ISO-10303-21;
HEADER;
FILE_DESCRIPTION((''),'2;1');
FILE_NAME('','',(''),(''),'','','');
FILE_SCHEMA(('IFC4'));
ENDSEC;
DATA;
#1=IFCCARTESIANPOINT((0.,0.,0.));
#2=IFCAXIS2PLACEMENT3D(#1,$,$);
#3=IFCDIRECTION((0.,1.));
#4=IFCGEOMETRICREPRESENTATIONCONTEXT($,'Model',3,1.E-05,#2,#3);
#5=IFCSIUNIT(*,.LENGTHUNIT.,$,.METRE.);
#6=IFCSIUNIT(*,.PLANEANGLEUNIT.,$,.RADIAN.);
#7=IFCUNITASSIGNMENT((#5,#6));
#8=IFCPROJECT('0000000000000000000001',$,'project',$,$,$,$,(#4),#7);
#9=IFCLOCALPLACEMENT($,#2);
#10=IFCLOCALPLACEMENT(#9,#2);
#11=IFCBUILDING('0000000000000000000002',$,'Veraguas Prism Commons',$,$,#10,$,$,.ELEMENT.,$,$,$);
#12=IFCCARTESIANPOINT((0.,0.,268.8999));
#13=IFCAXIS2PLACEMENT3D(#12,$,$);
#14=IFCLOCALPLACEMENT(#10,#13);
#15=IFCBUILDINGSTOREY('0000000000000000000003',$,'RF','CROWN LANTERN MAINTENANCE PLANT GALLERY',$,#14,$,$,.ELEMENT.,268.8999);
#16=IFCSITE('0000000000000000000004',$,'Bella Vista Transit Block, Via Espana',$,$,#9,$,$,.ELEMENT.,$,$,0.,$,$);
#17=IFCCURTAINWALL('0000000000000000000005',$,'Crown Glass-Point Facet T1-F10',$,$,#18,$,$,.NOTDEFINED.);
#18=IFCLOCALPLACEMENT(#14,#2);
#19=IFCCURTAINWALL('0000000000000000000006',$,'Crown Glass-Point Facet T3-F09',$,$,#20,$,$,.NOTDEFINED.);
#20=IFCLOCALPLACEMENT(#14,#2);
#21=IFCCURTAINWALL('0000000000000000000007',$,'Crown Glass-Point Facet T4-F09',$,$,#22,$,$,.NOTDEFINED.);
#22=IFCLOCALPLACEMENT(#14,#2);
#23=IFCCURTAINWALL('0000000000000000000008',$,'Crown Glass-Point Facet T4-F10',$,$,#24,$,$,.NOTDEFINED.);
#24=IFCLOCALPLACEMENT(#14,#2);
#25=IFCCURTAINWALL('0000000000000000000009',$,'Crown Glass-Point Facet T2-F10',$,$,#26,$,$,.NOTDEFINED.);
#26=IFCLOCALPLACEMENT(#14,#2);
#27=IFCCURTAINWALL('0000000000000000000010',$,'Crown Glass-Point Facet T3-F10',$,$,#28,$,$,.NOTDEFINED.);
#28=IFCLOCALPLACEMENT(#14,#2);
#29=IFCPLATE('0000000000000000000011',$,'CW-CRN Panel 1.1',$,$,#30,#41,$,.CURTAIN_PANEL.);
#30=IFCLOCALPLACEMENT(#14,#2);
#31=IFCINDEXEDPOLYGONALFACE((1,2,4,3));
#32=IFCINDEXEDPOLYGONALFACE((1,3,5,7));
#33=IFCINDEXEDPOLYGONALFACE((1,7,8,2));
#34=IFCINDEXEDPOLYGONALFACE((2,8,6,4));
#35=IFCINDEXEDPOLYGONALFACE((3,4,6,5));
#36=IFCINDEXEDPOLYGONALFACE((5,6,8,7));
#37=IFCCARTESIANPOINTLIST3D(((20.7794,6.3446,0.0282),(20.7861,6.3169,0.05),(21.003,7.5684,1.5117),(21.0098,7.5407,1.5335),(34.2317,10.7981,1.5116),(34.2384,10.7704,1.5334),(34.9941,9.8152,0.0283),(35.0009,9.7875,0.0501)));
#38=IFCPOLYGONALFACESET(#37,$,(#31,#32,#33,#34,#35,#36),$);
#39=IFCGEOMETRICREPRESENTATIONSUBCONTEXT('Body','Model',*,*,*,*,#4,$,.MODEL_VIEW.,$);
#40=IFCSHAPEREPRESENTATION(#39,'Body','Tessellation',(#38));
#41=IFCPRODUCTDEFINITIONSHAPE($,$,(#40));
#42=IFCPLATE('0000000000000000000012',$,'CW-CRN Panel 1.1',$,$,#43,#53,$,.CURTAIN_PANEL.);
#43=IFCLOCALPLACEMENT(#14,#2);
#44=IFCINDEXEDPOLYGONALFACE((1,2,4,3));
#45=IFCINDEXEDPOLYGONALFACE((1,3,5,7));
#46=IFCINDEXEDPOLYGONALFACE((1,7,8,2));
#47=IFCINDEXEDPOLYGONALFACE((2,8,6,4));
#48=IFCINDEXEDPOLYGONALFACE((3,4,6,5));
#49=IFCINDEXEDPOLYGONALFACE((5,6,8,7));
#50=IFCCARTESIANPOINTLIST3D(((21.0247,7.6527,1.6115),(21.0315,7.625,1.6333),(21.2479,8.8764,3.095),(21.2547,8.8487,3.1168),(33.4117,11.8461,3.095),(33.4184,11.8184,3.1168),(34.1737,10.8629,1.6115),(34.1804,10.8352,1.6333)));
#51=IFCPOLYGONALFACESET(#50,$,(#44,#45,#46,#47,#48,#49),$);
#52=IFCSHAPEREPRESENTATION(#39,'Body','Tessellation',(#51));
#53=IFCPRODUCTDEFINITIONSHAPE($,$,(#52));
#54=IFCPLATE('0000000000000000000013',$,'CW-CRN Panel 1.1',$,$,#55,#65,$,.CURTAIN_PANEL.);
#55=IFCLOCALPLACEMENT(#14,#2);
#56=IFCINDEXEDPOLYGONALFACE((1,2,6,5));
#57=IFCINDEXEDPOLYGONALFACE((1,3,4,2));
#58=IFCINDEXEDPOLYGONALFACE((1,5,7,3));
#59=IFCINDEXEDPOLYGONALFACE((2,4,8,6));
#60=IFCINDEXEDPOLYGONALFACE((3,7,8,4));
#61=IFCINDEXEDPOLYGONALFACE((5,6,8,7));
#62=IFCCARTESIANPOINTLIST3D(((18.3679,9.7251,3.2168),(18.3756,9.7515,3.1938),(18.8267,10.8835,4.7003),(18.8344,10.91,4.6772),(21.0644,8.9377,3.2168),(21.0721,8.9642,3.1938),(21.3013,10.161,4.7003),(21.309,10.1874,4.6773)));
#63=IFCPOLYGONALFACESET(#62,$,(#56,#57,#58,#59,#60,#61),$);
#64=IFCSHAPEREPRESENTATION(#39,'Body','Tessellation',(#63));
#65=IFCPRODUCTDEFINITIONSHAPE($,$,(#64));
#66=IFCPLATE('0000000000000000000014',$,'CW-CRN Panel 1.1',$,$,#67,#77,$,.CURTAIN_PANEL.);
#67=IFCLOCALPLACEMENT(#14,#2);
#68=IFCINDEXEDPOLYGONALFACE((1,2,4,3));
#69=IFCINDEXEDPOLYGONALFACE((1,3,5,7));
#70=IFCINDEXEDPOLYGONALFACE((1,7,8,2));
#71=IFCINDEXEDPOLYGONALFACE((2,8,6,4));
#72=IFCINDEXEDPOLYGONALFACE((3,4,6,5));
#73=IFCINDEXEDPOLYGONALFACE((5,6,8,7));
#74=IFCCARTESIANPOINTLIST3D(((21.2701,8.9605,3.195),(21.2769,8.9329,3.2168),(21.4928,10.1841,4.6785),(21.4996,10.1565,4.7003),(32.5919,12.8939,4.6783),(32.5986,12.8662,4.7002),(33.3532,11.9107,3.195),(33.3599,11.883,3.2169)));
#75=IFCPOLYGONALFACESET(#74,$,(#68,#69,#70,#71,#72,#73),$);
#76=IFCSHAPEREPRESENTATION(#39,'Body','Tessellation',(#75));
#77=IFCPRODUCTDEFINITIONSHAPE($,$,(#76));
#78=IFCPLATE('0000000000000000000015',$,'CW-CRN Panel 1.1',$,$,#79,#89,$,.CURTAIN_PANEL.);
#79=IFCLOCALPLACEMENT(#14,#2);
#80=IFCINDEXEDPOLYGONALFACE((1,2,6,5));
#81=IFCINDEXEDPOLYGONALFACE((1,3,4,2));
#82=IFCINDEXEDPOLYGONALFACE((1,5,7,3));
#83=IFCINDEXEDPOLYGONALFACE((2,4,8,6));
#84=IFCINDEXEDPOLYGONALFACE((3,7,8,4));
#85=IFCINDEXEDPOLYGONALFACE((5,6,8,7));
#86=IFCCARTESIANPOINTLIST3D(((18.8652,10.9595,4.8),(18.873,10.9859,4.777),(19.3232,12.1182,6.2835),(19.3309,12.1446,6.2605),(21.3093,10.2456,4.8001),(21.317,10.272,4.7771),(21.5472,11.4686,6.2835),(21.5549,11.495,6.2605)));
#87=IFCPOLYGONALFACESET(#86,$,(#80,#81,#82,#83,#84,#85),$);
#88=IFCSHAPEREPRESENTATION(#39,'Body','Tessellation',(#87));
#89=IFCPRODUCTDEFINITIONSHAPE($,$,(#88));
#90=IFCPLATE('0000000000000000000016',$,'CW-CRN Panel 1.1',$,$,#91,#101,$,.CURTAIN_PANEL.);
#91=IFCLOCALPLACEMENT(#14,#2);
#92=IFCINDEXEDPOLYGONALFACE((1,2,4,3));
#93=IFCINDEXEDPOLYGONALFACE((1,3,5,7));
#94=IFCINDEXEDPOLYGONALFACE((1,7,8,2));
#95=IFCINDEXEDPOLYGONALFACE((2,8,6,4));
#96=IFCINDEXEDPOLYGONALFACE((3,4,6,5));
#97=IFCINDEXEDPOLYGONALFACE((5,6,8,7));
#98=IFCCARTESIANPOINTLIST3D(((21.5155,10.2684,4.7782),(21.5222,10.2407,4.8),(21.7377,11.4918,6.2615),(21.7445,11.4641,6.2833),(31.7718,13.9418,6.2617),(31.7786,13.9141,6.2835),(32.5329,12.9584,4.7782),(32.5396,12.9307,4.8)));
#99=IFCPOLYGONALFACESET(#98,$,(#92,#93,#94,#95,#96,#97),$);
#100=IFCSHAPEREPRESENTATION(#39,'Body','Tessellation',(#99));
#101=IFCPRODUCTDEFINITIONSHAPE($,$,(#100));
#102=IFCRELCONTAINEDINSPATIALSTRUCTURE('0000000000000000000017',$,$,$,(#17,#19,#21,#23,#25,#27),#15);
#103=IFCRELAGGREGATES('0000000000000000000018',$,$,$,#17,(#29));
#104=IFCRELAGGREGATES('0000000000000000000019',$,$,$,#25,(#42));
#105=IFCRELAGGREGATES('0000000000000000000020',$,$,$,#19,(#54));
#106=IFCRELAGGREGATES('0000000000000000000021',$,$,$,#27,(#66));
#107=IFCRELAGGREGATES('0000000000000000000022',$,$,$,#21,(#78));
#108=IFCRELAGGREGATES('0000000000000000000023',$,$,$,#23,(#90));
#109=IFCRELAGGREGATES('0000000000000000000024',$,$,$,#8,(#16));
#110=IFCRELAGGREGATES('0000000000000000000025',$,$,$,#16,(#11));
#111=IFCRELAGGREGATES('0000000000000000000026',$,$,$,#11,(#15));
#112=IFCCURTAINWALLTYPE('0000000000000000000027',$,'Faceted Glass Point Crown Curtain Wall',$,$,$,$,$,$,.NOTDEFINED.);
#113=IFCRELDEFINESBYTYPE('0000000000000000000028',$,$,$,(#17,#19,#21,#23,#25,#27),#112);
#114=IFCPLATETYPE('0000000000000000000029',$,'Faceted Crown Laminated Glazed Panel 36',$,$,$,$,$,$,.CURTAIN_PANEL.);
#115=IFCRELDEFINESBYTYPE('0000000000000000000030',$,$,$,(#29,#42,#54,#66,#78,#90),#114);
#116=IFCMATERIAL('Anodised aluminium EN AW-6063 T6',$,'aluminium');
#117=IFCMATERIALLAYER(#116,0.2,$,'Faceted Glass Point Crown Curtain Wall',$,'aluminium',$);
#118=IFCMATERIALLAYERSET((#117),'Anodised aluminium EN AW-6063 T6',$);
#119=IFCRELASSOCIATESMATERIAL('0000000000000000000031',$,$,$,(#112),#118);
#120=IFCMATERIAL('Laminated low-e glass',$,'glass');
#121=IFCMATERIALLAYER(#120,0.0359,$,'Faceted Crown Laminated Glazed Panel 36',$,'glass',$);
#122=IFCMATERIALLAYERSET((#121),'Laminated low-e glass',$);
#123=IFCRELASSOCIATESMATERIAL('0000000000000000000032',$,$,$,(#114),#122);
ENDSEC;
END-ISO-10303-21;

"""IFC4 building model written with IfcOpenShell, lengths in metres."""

from ifc_helpers import new_model, si_unit, direction, frame, origin, place, context, subcontext, project, spatial, polyline, outline, extrude, material, layer, layer_set, type_object, element, aggregate, save


model = new_model("IFC4")

# Units and contexts
model_context = context("Model", 3, precision=1e-05, world=origin(), true_north=direction((0.0, 1.0)))
body_context = subcontext(model_context, "Body", "Model", "MODEL_VIEW")
ifc_project = project(units=[si_unit("LENGTHUNIT", "METRE"), si_unit("PLANEANGLEUNIT", "RADIAN")], contexts=[model_context])

# Site, building, storey
site_placement = place(None, origin())
site = spatial("IfcSite", under=ifc_project, at=site_placement, Name="Bella Vista Transit Block, Via Espana", CompositionType="ELEMENT", RefElevation=0.0)
building_placement = place(site_placement, origin())
building = spatial("IfcBuilding", under=site, at=building_placement, Name="Veraguas Prism Commons", CompositionType="ELEMENT")
storey_placement = place(building_placement, frame((0.0, 0.0, 268.8999)))
storey = spatial("IfcBuildingStorey", under=building, at=storey_placement, Name="RF", Description="CROWN LANTERN MAINTENANCE PLANT GALLERY", CompositionType="ELEMENT", Elevation=268.8999)

# Curtain walls
ifc_material_1 = material(Name="Anodised aluminium EN AW-6063 T6", Category="aluminium")
ifc_layer_1 = layer(ifc_material_1, 0.2, Name="Faceted Glass Point Crown Curtain Wall", Category="aluminium")
ifc_layer_set_1 = layer_set([ifc_layer_1], Name="Anodised aluminium EN AW-6063 T6")
curtain_wall_type = type_object("IfcCurtainWallType", Name="Faceted Glass Point Crown Curtain Wall", PredefinedType="NOTDEFINED", material=ifc_layer_set_1)
curtain_wall_1_placement = place(storey_placement, origin())
curtain_wall_1 = element("IfcCurtainWall", 1, at=curtain_wall_1_placement, inside=storey, type_object=curtain_wall_type, Name="Crown Glass-Point Facet T1-F10", PredefinedType="NOTDEFINED")
curtain_wall_2_placement = place(storey_placement, origin())
curtain_wall_2 = element("IfcCurtainWall", 2, at=curtain_wall_2_placement, inside=storey, type_object=curtain_wall_type, Name="Crown Glass-Point Facet T3-F09", PredefinedType="NOTDEFINED")

# Curtain wall
curtain_wall_3_placement = place(storey_placement, origin())
curtain_wall_3 = element("IfcCurtainWall", 3, at=curtain_wall_3_placement, inside=storey, type_object=curtain_wall_type, Name="Crown Glass-Point Facet T4-F09", PredefinedType="NOTDEFINED")

# Curtain wall
curtain_wall_4_placement = place(storey_placement, origin())
curtain_wall_4 = element("IfcCurtainWall", 4, at=curtain_wall_4_placement, inside=storey, type_object=curtain_wall_type, Name="Crown Glass-Point Facet T4-F10", PredefinedType="NOTDEFINED")

# Curtain walls
curtain_wall_5_placement = place(storey_placement, origin())
curtain_wall_5 = element("IfcCurtainWall", 5, at=curtain_wall_5_placement, inside=storey, type_object=curtain_wall_type, Name="Crown Glass-Point Facet T2-F10", PredefinedType="NOTDEFINED")
curtain_wall_6_placement = place(storey_placement, origin())
curtain_wall_6 = element("IfcCurtainWall", 6, at=curtain_wall_6_placement, inside=storey, type_object=curtain_wall_type, Name="Crown Glass-Point Facet T3-F10", PredefinedType="NOTDEFINED")

# Plates
ifc_material_2 = material(Name="Laminated low-e glass", Category="glass")
ifc_layer_2 = layer(ifc_material_2, 0.0359, Name="Faceted Crown Laminated Glazed Panel 36", Category="glass")
ifc_layer_set_2 = layer_set([ifc_layer_2], Name="Laminated low-e glass")
plate_type = type_object("IfcPlateType", Name="Faceted Crown Laminated Glazed Panel 36", PredefinedType="CURTAIN_PANEL", material=ifc_layer_set_2)
plate_1_placement = place(storey_placement, frame((20.7861, 6.3169, 0.05), z_axis=(0.188322, -0.771328, 0.607938), x_axis=(0.971464, 0.237188, 0.000003)))
plate_1 = element("IfcPlate", 7, at=plate_1_placement, type_object=plate_type, Name="CW-CRN Panel 1.1", PredefinedType="CURTAIN_PANEL", context=body_context, shape_type="SweptSolid", body=[
    extrude(outline(polyline([(0.0, 0.0), (14.6323, 0.0), (14.1248, 1.8682), (0.5076, 1.8684), (0.0, 0.0)])), origin(), (0.0, 0.0, -1.0), 0.0359),
])
aggregate(curtain_wall_1, [plate_1])
plate_2_placement = place(storey_placement, frame((21.0315, 7.625, 1.6333), z_axis=(0.188315, -0.77133, 0.607938), x_axis=(0.971467, 0.237176, 0.0)))
plate_2 = element("IfcPlate", 8, at=plate_2_placement, type_object=plate_type, Name="CW-CRN Panel 1.1", PredefinedType="CURTAIN_PANEL", context=body_context, shape_type="SweptSolid", body=[
    extrude(outline(polyline([(0.0, 0.0), (13.5352, 0.0), (13.0281, 1.8684), (0.5071, 1.8684), (0.0, 0.0)])), origin(), (0.0, 0.0, -1.0), 0.0359),
])
aggregate(curtain_wall_5, [plate_2])
plate_3_placement = place(storey_placement, frame((18.3679, 9.7251, 3.2168), z_axis=(-0.215021, -0.736355, 0.641519), x_axis=(0.959914, -0.280294, 0.000009)))
plate_3 = element("IfcPlate", 9, at=plate_3_placement, type_object=plate_type, Name="CW-CRN Panel 1.1", PredefinedType="CURTAIN_PANEL", context=body_context, shape_type="SweptSolid", body=[
    extrude(outline(polyline([(0.0, 0.0), (2.8091, 0.0), (2.6936, 1.9338), (0.1157, 1.9338), (0.0, 0.0)])), origin(), (0.0, 0.0, -1.0), 0.0359),
])
aggregate(curtain_wall_2, [plate_3])
plate_4_placement = place(storey_placement, frame((21.2769, 8.9329, 3.2168), z_axis=(0.188321, -0.771336, 0.607928), x_axis=(0.971464, 0.237187, 0.000005)))
plate_4 = element("IfcPlate", 10, at=plate_4_placement, type_object=plate_type, Name="CW-CRN Panel 1.1", PredefinedType="CURTAIN_PANEL", context=body_context, shape_type="SweptSolid", body=[
    extrude(outline(polyline([(0.0, 0.0), (12.438, 0.0), (11.9316, 1.8682), (0.5066, 1.8684), (0.0, 0.0)])), origin(), (0.0, 0.0, -1.0), 0.0359),
])
aggregate(curtain_wall_6, [plate_4])
plate_5_placement = place(storey_placement, frame((18.8652, 10.9595, 4.8), z_axis=(-0.215083, -0.736328, 0.64153), x_axis=(0.95989, -0.280377, 0.000011)))
plate_5 = element("IfcPlate", 11, at=plate_5_placement, type_object=plate_type, Name="CW-CRN Panel 1.1", PredefinedType="CURTAIN_PANEL", context=body_context, shape_type="SweptSolid", body=[
    extrude(outline(polyline([(0.0, 0.0), (2.5461, 0.0), (2.4316, 1.9338), (0.1147, 1.9338), (0.0, 0.0)])), origin(), (0.0, 0.0, -1.0), 0.0359),
])
aggregate(curtain_wall_3, [plate_5])
plate_6_placement = place(storey_placement, frame((21.5222, 10.2407, 4.8), z_axis=(0.188326, -0.771327, 0.607938), x_axis=(0.971463, 0.23719, -0.000001)))
plate_6 = element("IfcPlate", 12, at=plate_6_placement, type_object=plate_type, Name="CW-CRN Panel 1.1", PredefinedType="CURTAIN_PANEL", context=body_context, shape_type="SweptSolid", body=[
    extrude(outline(polyline([(0.0, 0.0), (11.3411, 0.0), (10.835, 1.8684), (0.5061, 1.8682), (0.0, 0.0)])), origin(), (0.0, 0.0, -1.0), 0.0359),
])
aggregate(curtain_wall_4, [plate_6])

save(model, "model.ifc")
